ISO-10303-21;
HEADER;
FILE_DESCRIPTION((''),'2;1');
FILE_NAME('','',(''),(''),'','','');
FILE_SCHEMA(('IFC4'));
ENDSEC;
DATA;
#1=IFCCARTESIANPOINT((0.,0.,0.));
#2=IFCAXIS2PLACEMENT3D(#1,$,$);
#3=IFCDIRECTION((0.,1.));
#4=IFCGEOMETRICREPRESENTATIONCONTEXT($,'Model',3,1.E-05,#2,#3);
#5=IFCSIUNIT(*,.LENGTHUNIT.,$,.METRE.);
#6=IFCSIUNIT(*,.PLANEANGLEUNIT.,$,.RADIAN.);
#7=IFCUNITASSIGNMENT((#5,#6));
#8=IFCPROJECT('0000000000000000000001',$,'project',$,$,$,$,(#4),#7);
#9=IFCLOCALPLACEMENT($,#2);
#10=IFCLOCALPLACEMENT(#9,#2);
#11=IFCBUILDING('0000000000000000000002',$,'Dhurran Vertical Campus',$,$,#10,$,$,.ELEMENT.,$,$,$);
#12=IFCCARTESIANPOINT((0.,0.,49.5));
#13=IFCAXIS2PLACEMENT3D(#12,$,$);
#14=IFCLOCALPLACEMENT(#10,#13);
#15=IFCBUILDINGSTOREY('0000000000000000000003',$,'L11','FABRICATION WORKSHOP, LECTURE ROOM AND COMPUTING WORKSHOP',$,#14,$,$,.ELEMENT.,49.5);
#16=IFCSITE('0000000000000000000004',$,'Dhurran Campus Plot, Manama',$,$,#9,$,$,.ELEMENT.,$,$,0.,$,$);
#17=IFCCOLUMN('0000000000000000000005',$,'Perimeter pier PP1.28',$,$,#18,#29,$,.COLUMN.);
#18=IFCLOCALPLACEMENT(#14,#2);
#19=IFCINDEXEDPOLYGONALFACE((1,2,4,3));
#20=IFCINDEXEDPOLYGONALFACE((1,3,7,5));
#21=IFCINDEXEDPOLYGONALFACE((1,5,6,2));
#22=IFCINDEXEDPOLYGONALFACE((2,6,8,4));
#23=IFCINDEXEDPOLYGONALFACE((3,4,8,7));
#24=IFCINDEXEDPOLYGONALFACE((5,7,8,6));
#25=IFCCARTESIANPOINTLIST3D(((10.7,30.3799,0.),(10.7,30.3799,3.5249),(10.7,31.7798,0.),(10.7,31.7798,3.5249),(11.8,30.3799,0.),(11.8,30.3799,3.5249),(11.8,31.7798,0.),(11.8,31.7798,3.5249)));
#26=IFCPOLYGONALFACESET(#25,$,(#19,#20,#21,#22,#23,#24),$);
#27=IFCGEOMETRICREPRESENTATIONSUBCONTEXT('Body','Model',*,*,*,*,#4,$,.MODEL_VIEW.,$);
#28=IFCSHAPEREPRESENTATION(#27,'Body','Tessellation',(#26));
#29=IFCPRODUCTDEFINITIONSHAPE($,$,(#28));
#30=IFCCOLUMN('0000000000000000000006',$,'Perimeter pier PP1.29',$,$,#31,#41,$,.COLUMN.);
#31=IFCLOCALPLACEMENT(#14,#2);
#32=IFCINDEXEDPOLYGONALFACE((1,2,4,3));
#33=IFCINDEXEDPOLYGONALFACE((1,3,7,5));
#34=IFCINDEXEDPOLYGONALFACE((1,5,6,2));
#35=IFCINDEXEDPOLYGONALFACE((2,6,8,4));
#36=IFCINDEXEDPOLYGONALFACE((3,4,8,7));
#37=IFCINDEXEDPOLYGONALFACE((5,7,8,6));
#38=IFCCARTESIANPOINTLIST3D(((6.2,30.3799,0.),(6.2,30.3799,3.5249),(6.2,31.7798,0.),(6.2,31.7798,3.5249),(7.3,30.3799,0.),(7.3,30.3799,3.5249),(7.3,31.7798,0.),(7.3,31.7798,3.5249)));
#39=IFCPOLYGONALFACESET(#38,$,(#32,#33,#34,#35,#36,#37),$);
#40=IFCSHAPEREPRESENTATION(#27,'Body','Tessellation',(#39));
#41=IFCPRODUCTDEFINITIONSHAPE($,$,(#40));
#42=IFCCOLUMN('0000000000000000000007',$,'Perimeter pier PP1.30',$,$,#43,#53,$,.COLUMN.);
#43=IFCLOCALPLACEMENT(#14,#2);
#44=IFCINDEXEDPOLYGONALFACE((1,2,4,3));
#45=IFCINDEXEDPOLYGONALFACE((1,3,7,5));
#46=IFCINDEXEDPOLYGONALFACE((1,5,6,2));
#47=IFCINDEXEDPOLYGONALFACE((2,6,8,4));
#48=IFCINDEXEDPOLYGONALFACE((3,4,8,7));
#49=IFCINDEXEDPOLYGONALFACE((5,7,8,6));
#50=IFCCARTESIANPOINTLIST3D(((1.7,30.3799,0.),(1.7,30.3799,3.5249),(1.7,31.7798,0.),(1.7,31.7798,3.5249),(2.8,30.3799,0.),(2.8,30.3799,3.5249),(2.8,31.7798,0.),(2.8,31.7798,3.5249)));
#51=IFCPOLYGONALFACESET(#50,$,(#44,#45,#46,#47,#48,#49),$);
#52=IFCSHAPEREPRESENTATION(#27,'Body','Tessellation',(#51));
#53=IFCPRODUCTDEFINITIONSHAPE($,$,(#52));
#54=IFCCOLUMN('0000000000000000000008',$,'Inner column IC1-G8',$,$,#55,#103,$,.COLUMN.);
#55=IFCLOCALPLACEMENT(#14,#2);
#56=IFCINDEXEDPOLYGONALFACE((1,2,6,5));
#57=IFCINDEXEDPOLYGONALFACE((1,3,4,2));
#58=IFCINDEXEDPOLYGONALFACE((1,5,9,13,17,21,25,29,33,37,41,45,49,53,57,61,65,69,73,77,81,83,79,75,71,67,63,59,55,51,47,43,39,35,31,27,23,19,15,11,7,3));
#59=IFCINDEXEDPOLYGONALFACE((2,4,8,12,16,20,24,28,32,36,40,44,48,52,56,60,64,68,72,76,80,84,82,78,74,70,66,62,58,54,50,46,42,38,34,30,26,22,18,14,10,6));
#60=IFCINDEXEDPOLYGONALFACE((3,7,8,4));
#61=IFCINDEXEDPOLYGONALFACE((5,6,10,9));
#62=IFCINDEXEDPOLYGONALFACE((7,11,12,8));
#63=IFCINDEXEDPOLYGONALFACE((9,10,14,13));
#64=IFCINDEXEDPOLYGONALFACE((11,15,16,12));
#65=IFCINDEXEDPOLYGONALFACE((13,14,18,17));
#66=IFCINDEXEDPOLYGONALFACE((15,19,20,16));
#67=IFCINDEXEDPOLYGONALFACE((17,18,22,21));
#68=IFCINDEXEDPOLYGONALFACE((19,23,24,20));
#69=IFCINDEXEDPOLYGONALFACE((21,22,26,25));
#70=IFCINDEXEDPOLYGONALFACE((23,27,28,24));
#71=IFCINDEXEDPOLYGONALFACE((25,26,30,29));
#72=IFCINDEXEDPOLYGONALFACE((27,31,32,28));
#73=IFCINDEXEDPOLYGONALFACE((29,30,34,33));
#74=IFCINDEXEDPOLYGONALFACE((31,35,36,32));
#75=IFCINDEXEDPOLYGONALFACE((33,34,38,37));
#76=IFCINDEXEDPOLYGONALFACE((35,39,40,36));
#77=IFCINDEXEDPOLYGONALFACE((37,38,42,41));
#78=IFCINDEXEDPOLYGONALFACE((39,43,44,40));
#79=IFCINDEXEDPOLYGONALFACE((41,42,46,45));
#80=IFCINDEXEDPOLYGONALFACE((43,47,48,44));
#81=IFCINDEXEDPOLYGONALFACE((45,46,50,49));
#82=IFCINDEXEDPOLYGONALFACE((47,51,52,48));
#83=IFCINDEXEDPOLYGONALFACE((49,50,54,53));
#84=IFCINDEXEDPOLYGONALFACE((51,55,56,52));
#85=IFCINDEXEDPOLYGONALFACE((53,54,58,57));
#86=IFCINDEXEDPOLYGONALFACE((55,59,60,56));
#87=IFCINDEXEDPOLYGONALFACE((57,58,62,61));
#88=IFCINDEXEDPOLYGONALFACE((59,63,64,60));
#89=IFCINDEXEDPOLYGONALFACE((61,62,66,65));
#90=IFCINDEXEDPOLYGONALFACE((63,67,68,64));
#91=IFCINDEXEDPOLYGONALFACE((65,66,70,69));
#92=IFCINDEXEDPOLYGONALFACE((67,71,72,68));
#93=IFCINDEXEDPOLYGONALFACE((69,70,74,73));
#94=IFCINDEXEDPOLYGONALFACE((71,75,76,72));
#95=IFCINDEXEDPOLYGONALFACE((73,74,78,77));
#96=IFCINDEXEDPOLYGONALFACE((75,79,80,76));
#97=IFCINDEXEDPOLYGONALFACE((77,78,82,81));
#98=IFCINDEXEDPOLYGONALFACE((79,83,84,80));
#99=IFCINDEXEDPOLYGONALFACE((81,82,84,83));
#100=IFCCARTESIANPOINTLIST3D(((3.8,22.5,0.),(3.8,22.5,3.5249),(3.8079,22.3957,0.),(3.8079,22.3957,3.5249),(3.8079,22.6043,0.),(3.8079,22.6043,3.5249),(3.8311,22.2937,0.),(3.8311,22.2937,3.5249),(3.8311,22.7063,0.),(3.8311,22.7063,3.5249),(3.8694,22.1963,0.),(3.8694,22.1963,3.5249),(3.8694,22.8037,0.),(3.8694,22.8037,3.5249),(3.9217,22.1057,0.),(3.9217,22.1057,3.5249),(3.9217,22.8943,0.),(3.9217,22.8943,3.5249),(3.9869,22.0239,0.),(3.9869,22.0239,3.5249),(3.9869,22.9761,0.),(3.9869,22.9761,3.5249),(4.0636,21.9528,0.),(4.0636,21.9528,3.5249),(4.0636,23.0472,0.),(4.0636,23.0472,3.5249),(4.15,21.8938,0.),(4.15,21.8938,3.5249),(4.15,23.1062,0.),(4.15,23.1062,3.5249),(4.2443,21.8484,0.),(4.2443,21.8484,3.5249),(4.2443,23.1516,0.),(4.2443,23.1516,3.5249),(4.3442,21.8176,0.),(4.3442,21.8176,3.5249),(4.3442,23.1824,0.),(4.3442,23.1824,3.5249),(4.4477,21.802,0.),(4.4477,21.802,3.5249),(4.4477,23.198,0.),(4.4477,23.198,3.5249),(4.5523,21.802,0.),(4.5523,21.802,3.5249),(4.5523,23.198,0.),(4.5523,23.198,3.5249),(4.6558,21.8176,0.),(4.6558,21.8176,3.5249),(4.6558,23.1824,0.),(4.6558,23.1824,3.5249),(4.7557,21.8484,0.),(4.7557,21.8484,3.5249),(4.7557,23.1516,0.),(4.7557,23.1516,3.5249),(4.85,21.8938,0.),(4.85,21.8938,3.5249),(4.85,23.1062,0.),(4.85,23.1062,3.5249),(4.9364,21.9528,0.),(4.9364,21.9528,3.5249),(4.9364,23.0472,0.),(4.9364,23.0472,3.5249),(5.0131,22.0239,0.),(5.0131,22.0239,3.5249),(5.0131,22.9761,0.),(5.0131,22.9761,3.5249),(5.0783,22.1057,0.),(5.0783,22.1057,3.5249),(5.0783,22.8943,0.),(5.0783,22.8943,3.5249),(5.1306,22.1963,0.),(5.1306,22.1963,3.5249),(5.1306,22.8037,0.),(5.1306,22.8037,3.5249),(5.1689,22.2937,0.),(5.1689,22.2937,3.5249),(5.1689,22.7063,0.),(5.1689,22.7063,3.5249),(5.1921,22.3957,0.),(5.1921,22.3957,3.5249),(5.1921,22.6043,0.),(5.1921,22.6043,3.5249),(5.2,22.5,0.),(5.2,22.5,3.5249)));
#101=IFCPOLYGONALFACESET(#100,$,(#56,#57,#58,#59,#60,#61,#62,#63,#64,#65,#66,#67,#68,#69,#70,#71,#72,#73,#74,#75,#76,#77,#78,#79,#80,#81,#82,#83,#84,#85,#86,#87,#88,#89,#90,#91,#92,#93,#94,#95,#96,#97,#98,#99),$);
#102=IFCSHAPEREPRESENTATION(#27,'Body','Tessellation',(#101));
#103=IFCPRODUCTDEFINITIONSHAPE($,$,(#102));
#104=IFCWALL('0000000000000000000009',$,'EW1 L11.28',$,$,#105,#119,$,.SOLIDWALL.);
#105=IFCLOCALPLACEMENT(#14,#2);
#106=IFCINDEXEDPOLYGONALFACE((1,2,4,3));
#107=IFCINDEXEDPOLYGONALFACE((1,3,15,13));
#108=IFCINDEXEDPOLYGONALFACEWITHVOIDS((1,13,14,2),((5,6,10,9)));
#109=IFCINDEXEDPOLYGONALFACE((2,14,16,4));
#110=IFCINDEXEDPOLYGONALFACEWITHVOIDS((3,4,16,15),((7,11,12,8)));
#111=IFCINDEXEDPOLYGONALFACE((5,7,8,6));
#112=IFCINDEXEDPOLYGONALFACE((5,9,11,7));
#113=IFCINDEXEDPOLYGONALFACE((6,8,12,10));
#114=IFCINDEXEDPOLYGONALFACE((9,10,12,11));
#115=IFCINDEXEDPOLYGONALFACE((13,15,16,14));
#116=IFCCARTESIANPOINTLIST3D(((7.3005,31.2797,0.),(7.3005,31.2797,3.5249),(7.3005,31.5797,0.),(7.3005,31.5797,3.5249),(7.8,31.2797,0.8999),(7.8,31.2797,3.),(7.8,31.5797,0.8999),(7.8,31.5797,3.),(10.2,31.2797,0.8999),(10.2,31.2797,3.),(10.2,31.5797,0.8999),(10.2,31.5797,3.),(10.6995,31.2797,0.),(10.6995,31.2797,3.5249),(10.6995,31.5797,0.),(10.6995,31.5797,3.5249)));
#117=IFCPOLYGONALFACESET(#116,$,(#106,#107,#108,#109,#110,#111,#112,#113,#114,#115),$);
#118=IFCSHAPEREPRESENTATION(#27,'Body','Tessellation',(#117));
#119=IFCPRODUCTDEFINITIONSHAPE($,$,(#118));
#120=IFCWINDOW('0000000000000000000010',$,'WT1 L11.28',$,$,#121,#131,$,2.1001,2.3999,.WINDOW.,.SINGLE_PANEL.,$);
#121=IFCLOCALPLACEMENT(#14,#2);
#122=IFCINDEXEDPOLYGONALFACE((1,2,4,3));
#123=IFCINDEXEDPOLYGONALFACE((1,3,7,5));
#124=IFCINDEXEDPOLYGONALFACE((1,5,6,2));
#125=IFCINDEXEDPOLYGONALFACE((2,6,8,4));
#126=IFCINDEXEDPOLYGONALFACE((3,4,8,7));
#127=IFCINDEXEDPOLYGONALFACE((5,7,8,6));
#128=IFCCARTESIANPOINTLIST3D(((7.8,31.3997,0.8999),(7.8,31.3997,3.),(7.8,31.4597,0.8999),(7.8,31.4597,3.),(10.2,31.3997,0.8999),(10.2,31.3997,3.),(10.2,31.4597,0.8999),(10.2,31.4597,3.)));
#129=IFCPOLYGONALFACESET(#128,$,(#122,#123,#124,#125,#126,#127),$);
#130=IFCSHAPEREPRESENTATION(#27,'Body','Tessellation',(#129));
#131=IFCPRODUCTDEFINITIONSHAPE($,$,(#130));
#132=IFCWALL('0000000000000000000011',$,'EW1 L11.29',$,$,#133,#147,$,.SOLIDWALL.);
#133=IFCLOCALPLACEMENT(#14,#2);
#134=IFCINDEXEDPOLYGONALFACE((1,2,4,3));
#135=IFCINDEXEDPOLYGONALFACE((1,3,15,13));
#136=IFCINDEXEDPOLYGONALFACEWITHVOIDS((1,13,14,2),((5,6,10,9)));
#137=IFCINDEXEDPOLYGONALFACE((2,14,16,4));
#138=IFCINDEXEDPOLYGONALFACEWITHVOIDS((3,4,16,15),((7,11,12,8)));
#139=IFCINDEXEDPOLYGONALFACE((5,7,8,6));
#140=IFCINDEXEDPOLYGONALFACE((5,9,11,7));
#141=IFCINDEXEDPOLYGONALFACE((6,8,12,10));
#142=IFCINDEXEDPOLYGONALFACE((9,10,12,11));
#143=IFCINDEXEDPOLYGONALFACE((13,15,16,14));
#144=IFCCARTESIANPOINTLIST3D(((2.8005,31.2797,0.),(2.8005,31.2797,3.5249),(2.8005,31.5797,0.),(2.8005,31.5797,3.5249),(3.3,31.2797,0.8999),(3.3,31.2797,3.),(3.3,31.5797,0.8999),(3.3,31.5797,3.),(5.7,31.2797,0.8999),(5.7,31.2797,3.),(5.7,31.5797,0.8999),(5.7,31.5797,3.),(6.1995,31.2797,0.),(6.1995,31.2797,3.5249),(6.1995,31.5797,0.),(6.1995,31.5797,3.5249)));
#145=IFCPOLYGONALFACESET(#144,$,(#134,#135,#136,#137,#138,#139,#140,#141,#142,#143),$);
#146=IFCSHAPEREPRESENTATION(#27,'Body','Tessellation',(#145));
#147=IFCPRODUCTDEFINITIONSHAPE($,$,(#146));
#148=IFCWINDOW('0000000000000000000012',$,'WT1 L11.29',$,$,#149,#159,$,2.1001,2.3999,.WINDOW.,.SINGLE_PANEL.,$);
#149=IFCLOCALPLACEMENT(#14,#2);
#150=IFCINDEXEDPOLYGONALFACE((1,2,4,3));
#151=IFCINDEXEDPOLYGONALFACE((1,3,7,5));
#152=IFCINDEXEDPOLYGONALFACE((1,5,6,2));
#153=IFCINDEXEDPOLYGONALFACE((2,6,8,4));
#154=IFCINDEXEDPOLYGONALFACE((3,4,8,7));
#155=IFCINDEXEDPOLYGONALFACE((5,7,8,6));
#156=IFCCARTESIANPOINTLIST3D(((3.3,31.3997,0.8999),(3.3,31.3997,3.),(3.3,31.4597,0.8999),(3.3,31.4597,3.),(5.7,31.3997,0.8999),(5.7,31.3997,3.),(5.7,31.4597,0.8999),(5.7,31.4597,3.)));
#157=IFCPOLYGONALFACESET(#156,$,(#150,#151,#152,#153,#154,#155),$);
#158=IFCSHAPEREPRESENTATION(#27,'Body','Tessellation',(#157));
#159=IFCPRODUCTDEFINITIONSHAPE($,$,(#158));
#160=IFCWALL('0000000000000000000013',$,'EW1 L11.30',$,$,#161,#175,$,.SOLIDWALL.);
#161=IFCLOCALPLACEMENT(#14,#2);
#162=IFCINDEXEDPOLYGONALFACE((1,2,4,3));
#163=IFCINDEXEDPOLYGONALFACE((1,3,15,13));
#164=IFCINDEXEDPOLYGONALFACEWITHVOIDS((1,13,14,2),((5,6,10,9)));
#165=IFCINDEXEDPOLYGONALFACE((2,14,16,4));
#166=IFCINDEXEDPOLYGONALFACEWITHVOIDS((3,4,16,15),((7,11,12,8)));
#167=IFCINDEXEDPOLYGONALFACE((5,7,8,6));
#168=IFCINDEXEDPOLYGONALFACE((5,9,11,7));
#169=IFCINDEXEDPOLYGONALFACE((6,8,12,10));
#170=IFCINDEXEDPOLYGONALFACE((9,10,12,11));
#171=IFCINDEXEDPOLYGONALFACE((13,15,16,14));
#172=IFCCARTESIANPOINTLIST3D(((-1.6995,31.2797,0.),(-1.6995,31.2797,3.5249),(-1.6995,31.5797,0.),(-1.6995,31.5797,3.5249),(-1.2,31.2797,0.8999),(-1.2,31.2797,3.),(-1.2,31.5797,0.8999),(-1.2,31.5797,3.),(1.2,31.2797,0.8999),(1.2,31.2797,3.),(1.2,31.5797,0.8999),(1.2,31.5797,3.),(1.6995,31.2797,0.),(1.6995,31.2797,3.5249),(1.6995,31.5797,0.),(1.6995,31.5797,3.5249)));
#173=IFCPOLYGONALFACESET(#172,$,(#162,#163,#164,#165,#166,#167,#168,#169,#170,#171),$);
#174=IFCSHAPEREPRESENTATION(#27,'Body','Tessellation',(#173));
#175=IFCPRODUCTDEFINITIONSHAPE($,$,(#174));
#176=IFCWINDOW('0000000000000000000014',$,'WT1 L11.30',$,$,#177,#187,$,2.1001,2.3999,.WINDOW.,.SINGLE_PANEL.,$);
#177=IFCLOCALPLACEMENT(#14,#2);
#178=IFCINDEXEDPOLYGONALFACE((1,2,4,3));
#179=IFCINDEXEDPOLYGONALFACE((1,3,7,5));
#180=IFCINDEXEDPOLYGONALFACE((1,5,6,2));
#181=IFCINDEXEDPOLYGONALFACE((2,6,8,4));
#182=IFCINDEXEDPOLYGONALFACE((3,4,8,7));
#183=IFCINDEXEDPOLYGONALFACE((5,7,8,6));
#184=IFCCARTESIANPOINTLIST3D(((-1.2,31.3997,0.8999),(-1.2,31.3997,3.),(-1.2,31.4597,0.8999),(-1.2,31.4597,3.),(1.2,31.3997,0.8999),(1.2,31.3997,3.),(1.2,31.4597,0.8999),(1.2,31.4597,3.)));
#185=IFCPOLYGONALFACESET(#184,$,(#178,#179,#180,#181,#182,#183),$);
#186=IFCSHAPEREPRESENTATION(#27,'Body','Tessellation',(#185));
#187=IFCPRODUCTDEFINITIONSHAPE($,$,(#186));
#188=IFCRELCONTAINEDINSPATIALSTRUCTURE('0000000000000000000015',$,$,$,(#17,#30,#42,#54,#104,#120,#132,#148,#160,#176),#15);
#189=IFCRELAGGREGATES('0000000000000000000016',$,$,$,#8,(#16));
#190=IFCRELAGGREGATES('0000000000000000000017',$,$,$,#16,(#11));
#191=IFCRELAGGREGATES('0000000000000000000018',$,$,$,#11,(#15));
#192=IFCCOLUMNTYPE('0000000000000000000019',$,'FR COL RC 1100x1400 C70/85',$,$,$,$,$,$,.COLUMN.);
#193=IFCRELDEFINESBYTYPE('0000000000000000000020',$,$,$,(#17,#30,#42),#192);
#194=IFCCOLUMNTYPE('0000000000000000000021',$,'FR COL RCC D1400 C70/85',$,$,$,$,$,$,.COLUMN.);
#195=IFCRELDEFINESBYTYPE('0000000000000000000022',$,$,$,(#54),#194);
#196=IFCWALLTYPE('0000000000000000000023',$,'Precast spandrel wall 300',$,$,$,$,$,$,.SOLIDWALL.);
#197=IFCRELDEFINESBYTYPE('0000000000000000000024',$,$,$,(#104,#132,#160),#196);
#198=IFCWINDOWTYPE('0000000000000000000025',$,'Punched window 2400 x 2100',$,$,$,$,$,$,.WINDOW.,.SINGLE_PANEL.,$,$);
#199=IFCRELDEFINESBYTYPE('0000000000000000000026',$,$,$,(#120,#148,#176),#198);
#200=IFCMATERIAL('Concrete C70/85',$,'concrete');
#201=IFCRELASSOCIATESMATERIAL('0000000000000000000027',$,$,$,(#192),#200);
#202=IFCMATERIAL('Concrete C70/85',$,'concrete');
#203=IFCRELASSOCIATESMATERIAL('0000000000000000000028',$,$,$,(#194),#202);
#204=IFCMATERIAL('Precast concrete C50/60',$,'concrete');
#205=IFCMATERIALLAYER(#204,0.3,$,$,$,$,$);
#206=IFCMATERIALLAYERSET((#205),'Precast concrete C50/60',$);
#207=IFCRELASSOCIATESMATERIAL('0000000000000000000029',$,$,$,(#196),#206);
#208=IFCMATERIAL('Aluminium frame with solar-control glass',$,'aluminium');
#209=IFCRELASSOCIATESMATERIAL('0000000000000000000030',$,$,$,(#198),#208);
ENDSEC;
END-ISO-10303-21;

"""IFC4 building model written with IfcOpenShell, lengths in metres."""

from ifc_helpers import new_model, si_unit, direction, frame, frame_2d, origin, origin_2d, place, context, subcontext, project, spatial, rectangle, circle, extrude, material, layer, layer_set, material_profile, profile_set, type_object, element, fill, save


model = new_model("IFC4")

# Units and contexts
model_context = context("Model", 3, precision=1e-05, world=origin(), true_north=direction((0.0, 1.0)))
body_context = subcontext(model_context, "Body", "Model", "MODEL_VIEW")
ifc_project = project(units=[si_unit("LENGTHUNIT", "METRE"), si_unit("PLANEANGLEUNIT", "RADIAN")], contexts=[model_context])

# Site, building, storey
site_placement = place(None, origin())
site = spatial("IfcSite", under=ifc_project, at=site_placement, Name="Dhurran Campus Plot, Manama", CompositionType="ELEMENT", RefElevation=0.0)
building_placement = place(site_placement, origin())
building = spatial("IfcBuilding", under=site, at=building_placement, Name="Dhurran Vertical Campus", CompositionType="ELEMENT")
storey_placement = place(building_placement, frame((0.0, 0.0, 49.5)))
storey = spatial("IfcBuildingStorey", under=building, at=storey_placement, Name="L11", Description="FABRICATION WORKSHOP, LECTURE ROOM AND COMPUTING WORKSHOP", CompositionType="ELEMENT", Elevation=49.5)

# Columns
ifc_material_1 = material(Name="Concrete C70/85", Category="concrete")
ifc_material_profile_1 = material_profile(ifc_material_1, rectangle(XDim=1.1001, YDim=1.3999, at=origin_2d()), Name="RC 1100x1400")
ifc_profile_set_1 = profile_set([ifc_material_profile_1], Name="Concrete C70/85")
column_type_1 = type_object("IfcColumnType", Name="FR COL RC 1100x1400 C70/85", PredefinedType="COLUMN", material=ifc_profile_set_1)
for number, where, z_axis, x_axis, name in (
    (1, (11.25, 31.0798, 0.0), (0.0, 0.0, 1.0), (-1.0, 0.0, 0.0), "Perimeter pier PP1.28"),
    (2, (6.75, 31.0798, 0.0), (0.0, 0.0, 1.0), (-1.0, 0.0, 0.0), "Perimeter pier PP1.29"),
    (3, (2.25, 31.0798, 0.0), (0.0, 0.0, 1.0), (-1.0, 0.0, 0.0), "Perimeter pier PP1.30"),
):
    element("IfcColumn", number, at=place(storey_placement, frame(where, z_axis=z_axis, x_axis=x_axis)), inside=storey, type_object=column_type_1, Name=name, PredefinedType="COLUMN", context=body_context, shape_type="SweptSolid", body=[
        extrude(rectangle(XDim=1.1001, YDim=1.3999, at=origin_2d()), origin(), (0.0, 0.0, 1.0), 3.5249),
    ])
ifc_material_2 = material(Name="Concrete C70/85", Category="concrete")
ifc_material_profile_2 = material_profile(ifc_material_2, circle(Radius=0.7, at=origin_2d()), Name="RCC D1400")
ifc_profile_set_2 = profile_set([ifc_material_profile_2], Name="Concrete C70/85")
column_type_2 = type_object("IfcColumnType", Name="FR COL RCC D1400 C70/85", PredefinedType="COLUMN", material=ifc_profile_set_2)
column_placement = place(storey_placement, frame((4.5, 22.5, 0.0), z_axis=(0.0, 0.0, 1.0), x_axis=(1.0, 0.0, 0.0)))
element("IfcColumn", 4, at=column_placement, inside=storey, type_object=column_type_2, Name="Inner column IC1-G8", PredefinedType="COLUMN", context=body_context, shape_type="SweptSolid", body=[
    extrude(circle(Radius=0.7, at=origin_2d()), origin(), (0.0, 0.0, 1.0), 3.5249),
])

# Walls, openings, windows
ifc_material_3 = material(Name="Precast concrete C50/60", Category="concrete")
ifc_layer_1 = layer(ifc_material_3, 0.3)
ifc_layer_set_1 = layer_set([ifc_layer_1], Name="Precast concrete C50/60")
wall_type_1 = type_object("IfcWallType", Name="Precast spandrel wall 300", PredefinedType="SOLIDWALL", material=ifc_layer_set_1)
wall_1_placement = place(storey_placement, frame((10.6995, 31.4297, 0.0), z_axis=(0.0, 0.0, 1.0), x_axis=(-1.0, 0.0, 0.0)))
wall_1 = element("IfcWall", 5, at=wall_1_placement, inside=storey, type_object=wall_type_1, Name="EW1 L11.28", PredefinedType="SOLIDWALL", context=body_context, shape_type="SweptSolid", body=[
    extrude(rectangle(XDim=3.3989, YDim=0.3, at=frame_2d((1.6995, 0.0))), origin(), (0.0, 0.0, 1.0), 3.5249),
])
opening_1_placement = place(wall_1_placement, frame((0.4995, 0.0, 0.8999)))
opening_1 = element("IfcOpeningElement", 6, at=opening_1_placement, cuts=wall_1, PredefinedType="OPENING", context=body_context, shape_type="SweptSolid", body=[
    extrude(rectangle(XDim=2.3999, YDim=2.1001, at=frame_2d((1.2, 1.05))), frame((0.0, 0.1599, 0.0), z_axis=(0.0, -1.0, 0.0), x_axis=(1.0, 0.0, 0.0)), (0.0, 0.0, 1.0), 0.3201),
])
ifc_material_4 = material(Name="Aluminium frame with solar-control glass", Category="aluminium")
window_type = type_object("IfcWindowType", Name="Punched window 2400 x 2100", PartitioningType="SINGLE_PANEL", PredefinedType="WINDOW", material=ifc_material_4)
window_1_placement = place(opening_1_placement, origin())
window_1 = element("IfcWindow", 7, at=window_1_placement, inside=storey, type_object=window_type, Name="WT1 L11.28", OverallHeight=2.1001, OverallWidth=2.3999, PartitioningType="SINGLE_PANEL", PredefinedType="WINDOW", context=body_context, shape_type="SweptSolid", body=[
    extrude(rectangle(XDim=2.3999, YDim=2.1001, at=frame_2d((1.2, 1.05))), frame((0.0, 0.03, 0.0), z_axis=(0.0, -1.0, 0.0), x_axis=(1.0, 0.0, 0.0)), (0.0, 0.0, 1.0), 0.0601),
])
fill(opening_1, window_1)
wall_2_placement = place(storey_placement, frame((6.1995, 31.4297, 0.0), z_axis=(0.0, 0.0, 1.0), x_axis=(-1.0, 0.0, 0.0)))
wall_2 = element("IfcWall", 8, at=wall_2_placement, inside=storey, type_object=wall_type_1, Name="EW1 L11.29", PredefinedType="SOLIDWALL", context=body_context, shape_type="SweptSolid", body=[
    extrude(rectangle(XDim=3.3989, YDim=0.3, at=frame_2d((1.6995, 0.0))), origin(), (0.0, 0.0, 1.0), 3.5249),
])
opening_2_placement = place(wall_2_placement, frame((0.4995, 0.0, 0.8999)))
opening_2 = element("IfcOpeningElement", 9, at=opening_2_placement, cuts=wall_2, PredefinedType="OPENING", context=body_context, shape_type="SweptSolid", body=[
    extrude(rectangle(XDim=2.3999, YDim=2.1001, at=frame_2d((1.2, 1.05))), frame((0.0, 0.1599, 0.0), z_axis=(0.0, -1.0, 0.0), x_axis=(1.0, 0.0, 0.0)), (0.0, 0.0, 1.0), 0.3201),
])
window_2_placement = place(opening_2_placement, origin())
window_2 = element("IfcWindow", 10, at=window_2_placement, inside=storey, type_object=window_type, Name="WT1 L11.29", OverallHeight=2.1001, OverallWidth=2.3999, PartitioningType="SINGLE_PANEL", PredefinedType="WINDOW", context=body_context, shape_type="SweptSolid", body=[
    extrude(rectangle(XDim=2.3999, YDim=2.1001, at=frame_2d((1.2, 1.05))), frame((0.0, 0.03, 0.0), z_axis=(0.0, -1.0, 0.0), x_axis=(1.0, 0.0, 0.0)), (0.0, 0.0, 1.0), 0.0601),
])
fill(opening_2, window_2)
wall_3_placement = place(storey_placement, frame((1.6995, 31.4297, 0.0), z_axis=(0.0, 0.0, 1.0), x_axis=(-1.0, 0.0, 0.0)))
wall_3 = element("IfcWall", 11, at=wall_3_placement, inside=storey, type_object=wall_type_1, Name="EW1 L11.30", PredefinedType="SOLIDWALL", context=body_context, shape_type="SweptSolid", body=[
    extrude(rectangle(XDim=3.3989, YDim=0.3, at=frame_2d((1.6995, 0.0))), origin(), (0.0, 0.0, 1.0), 3.5249),
])
opening_3_placement = place(wall_3_placement, frame((0.4995, 0.0, 0.8999)))
opening_3 = element("IfcOpeningElement", 12, at=opening_3_placement, cuts=wall_3, PredefinedType="OPENING", context=body_context, shape_type="SweptSolid", body=[
    extrude(rectangle(XDim=2.3999, YDim=2.1001, at=frame_2d((1.2, 1.05))), frame((0.0, 0.1599, 0.0), z_axis=(0.0, -1.0, 0.0), x_axis=(1.0, 0.0, 0.0)), (0.0, 0.0, 1.0), 0.3201),
])
window_3_placement = place(opening_3_placement, origin())
window_3 = element("IfcWindow", 13, at=window_3_placement, inside=storey, type_object=window_type, Name="WT1 L11.30", OverallHeight=2.1001, OverallWidth=2.3999, PartitioningType="SINGLE_PANEL", PredefinedType="WINDOW", context=body_context, shape_type="SweptSolid", body=[
    extrude(rectangle(XDim=2.3999, YDim=2.1001, at=frame_2d((1.2, 1.05))), frame((0.0, 0.03, 0.0), z_axis=(0.0, -1.0, 0.0), x_axis=(1.0, 0.0, 0.0)), (0.0, 0.0, 1.0), 0.0601),
])
fill(opening_3, window_3)

save(model, "model.ifc")
